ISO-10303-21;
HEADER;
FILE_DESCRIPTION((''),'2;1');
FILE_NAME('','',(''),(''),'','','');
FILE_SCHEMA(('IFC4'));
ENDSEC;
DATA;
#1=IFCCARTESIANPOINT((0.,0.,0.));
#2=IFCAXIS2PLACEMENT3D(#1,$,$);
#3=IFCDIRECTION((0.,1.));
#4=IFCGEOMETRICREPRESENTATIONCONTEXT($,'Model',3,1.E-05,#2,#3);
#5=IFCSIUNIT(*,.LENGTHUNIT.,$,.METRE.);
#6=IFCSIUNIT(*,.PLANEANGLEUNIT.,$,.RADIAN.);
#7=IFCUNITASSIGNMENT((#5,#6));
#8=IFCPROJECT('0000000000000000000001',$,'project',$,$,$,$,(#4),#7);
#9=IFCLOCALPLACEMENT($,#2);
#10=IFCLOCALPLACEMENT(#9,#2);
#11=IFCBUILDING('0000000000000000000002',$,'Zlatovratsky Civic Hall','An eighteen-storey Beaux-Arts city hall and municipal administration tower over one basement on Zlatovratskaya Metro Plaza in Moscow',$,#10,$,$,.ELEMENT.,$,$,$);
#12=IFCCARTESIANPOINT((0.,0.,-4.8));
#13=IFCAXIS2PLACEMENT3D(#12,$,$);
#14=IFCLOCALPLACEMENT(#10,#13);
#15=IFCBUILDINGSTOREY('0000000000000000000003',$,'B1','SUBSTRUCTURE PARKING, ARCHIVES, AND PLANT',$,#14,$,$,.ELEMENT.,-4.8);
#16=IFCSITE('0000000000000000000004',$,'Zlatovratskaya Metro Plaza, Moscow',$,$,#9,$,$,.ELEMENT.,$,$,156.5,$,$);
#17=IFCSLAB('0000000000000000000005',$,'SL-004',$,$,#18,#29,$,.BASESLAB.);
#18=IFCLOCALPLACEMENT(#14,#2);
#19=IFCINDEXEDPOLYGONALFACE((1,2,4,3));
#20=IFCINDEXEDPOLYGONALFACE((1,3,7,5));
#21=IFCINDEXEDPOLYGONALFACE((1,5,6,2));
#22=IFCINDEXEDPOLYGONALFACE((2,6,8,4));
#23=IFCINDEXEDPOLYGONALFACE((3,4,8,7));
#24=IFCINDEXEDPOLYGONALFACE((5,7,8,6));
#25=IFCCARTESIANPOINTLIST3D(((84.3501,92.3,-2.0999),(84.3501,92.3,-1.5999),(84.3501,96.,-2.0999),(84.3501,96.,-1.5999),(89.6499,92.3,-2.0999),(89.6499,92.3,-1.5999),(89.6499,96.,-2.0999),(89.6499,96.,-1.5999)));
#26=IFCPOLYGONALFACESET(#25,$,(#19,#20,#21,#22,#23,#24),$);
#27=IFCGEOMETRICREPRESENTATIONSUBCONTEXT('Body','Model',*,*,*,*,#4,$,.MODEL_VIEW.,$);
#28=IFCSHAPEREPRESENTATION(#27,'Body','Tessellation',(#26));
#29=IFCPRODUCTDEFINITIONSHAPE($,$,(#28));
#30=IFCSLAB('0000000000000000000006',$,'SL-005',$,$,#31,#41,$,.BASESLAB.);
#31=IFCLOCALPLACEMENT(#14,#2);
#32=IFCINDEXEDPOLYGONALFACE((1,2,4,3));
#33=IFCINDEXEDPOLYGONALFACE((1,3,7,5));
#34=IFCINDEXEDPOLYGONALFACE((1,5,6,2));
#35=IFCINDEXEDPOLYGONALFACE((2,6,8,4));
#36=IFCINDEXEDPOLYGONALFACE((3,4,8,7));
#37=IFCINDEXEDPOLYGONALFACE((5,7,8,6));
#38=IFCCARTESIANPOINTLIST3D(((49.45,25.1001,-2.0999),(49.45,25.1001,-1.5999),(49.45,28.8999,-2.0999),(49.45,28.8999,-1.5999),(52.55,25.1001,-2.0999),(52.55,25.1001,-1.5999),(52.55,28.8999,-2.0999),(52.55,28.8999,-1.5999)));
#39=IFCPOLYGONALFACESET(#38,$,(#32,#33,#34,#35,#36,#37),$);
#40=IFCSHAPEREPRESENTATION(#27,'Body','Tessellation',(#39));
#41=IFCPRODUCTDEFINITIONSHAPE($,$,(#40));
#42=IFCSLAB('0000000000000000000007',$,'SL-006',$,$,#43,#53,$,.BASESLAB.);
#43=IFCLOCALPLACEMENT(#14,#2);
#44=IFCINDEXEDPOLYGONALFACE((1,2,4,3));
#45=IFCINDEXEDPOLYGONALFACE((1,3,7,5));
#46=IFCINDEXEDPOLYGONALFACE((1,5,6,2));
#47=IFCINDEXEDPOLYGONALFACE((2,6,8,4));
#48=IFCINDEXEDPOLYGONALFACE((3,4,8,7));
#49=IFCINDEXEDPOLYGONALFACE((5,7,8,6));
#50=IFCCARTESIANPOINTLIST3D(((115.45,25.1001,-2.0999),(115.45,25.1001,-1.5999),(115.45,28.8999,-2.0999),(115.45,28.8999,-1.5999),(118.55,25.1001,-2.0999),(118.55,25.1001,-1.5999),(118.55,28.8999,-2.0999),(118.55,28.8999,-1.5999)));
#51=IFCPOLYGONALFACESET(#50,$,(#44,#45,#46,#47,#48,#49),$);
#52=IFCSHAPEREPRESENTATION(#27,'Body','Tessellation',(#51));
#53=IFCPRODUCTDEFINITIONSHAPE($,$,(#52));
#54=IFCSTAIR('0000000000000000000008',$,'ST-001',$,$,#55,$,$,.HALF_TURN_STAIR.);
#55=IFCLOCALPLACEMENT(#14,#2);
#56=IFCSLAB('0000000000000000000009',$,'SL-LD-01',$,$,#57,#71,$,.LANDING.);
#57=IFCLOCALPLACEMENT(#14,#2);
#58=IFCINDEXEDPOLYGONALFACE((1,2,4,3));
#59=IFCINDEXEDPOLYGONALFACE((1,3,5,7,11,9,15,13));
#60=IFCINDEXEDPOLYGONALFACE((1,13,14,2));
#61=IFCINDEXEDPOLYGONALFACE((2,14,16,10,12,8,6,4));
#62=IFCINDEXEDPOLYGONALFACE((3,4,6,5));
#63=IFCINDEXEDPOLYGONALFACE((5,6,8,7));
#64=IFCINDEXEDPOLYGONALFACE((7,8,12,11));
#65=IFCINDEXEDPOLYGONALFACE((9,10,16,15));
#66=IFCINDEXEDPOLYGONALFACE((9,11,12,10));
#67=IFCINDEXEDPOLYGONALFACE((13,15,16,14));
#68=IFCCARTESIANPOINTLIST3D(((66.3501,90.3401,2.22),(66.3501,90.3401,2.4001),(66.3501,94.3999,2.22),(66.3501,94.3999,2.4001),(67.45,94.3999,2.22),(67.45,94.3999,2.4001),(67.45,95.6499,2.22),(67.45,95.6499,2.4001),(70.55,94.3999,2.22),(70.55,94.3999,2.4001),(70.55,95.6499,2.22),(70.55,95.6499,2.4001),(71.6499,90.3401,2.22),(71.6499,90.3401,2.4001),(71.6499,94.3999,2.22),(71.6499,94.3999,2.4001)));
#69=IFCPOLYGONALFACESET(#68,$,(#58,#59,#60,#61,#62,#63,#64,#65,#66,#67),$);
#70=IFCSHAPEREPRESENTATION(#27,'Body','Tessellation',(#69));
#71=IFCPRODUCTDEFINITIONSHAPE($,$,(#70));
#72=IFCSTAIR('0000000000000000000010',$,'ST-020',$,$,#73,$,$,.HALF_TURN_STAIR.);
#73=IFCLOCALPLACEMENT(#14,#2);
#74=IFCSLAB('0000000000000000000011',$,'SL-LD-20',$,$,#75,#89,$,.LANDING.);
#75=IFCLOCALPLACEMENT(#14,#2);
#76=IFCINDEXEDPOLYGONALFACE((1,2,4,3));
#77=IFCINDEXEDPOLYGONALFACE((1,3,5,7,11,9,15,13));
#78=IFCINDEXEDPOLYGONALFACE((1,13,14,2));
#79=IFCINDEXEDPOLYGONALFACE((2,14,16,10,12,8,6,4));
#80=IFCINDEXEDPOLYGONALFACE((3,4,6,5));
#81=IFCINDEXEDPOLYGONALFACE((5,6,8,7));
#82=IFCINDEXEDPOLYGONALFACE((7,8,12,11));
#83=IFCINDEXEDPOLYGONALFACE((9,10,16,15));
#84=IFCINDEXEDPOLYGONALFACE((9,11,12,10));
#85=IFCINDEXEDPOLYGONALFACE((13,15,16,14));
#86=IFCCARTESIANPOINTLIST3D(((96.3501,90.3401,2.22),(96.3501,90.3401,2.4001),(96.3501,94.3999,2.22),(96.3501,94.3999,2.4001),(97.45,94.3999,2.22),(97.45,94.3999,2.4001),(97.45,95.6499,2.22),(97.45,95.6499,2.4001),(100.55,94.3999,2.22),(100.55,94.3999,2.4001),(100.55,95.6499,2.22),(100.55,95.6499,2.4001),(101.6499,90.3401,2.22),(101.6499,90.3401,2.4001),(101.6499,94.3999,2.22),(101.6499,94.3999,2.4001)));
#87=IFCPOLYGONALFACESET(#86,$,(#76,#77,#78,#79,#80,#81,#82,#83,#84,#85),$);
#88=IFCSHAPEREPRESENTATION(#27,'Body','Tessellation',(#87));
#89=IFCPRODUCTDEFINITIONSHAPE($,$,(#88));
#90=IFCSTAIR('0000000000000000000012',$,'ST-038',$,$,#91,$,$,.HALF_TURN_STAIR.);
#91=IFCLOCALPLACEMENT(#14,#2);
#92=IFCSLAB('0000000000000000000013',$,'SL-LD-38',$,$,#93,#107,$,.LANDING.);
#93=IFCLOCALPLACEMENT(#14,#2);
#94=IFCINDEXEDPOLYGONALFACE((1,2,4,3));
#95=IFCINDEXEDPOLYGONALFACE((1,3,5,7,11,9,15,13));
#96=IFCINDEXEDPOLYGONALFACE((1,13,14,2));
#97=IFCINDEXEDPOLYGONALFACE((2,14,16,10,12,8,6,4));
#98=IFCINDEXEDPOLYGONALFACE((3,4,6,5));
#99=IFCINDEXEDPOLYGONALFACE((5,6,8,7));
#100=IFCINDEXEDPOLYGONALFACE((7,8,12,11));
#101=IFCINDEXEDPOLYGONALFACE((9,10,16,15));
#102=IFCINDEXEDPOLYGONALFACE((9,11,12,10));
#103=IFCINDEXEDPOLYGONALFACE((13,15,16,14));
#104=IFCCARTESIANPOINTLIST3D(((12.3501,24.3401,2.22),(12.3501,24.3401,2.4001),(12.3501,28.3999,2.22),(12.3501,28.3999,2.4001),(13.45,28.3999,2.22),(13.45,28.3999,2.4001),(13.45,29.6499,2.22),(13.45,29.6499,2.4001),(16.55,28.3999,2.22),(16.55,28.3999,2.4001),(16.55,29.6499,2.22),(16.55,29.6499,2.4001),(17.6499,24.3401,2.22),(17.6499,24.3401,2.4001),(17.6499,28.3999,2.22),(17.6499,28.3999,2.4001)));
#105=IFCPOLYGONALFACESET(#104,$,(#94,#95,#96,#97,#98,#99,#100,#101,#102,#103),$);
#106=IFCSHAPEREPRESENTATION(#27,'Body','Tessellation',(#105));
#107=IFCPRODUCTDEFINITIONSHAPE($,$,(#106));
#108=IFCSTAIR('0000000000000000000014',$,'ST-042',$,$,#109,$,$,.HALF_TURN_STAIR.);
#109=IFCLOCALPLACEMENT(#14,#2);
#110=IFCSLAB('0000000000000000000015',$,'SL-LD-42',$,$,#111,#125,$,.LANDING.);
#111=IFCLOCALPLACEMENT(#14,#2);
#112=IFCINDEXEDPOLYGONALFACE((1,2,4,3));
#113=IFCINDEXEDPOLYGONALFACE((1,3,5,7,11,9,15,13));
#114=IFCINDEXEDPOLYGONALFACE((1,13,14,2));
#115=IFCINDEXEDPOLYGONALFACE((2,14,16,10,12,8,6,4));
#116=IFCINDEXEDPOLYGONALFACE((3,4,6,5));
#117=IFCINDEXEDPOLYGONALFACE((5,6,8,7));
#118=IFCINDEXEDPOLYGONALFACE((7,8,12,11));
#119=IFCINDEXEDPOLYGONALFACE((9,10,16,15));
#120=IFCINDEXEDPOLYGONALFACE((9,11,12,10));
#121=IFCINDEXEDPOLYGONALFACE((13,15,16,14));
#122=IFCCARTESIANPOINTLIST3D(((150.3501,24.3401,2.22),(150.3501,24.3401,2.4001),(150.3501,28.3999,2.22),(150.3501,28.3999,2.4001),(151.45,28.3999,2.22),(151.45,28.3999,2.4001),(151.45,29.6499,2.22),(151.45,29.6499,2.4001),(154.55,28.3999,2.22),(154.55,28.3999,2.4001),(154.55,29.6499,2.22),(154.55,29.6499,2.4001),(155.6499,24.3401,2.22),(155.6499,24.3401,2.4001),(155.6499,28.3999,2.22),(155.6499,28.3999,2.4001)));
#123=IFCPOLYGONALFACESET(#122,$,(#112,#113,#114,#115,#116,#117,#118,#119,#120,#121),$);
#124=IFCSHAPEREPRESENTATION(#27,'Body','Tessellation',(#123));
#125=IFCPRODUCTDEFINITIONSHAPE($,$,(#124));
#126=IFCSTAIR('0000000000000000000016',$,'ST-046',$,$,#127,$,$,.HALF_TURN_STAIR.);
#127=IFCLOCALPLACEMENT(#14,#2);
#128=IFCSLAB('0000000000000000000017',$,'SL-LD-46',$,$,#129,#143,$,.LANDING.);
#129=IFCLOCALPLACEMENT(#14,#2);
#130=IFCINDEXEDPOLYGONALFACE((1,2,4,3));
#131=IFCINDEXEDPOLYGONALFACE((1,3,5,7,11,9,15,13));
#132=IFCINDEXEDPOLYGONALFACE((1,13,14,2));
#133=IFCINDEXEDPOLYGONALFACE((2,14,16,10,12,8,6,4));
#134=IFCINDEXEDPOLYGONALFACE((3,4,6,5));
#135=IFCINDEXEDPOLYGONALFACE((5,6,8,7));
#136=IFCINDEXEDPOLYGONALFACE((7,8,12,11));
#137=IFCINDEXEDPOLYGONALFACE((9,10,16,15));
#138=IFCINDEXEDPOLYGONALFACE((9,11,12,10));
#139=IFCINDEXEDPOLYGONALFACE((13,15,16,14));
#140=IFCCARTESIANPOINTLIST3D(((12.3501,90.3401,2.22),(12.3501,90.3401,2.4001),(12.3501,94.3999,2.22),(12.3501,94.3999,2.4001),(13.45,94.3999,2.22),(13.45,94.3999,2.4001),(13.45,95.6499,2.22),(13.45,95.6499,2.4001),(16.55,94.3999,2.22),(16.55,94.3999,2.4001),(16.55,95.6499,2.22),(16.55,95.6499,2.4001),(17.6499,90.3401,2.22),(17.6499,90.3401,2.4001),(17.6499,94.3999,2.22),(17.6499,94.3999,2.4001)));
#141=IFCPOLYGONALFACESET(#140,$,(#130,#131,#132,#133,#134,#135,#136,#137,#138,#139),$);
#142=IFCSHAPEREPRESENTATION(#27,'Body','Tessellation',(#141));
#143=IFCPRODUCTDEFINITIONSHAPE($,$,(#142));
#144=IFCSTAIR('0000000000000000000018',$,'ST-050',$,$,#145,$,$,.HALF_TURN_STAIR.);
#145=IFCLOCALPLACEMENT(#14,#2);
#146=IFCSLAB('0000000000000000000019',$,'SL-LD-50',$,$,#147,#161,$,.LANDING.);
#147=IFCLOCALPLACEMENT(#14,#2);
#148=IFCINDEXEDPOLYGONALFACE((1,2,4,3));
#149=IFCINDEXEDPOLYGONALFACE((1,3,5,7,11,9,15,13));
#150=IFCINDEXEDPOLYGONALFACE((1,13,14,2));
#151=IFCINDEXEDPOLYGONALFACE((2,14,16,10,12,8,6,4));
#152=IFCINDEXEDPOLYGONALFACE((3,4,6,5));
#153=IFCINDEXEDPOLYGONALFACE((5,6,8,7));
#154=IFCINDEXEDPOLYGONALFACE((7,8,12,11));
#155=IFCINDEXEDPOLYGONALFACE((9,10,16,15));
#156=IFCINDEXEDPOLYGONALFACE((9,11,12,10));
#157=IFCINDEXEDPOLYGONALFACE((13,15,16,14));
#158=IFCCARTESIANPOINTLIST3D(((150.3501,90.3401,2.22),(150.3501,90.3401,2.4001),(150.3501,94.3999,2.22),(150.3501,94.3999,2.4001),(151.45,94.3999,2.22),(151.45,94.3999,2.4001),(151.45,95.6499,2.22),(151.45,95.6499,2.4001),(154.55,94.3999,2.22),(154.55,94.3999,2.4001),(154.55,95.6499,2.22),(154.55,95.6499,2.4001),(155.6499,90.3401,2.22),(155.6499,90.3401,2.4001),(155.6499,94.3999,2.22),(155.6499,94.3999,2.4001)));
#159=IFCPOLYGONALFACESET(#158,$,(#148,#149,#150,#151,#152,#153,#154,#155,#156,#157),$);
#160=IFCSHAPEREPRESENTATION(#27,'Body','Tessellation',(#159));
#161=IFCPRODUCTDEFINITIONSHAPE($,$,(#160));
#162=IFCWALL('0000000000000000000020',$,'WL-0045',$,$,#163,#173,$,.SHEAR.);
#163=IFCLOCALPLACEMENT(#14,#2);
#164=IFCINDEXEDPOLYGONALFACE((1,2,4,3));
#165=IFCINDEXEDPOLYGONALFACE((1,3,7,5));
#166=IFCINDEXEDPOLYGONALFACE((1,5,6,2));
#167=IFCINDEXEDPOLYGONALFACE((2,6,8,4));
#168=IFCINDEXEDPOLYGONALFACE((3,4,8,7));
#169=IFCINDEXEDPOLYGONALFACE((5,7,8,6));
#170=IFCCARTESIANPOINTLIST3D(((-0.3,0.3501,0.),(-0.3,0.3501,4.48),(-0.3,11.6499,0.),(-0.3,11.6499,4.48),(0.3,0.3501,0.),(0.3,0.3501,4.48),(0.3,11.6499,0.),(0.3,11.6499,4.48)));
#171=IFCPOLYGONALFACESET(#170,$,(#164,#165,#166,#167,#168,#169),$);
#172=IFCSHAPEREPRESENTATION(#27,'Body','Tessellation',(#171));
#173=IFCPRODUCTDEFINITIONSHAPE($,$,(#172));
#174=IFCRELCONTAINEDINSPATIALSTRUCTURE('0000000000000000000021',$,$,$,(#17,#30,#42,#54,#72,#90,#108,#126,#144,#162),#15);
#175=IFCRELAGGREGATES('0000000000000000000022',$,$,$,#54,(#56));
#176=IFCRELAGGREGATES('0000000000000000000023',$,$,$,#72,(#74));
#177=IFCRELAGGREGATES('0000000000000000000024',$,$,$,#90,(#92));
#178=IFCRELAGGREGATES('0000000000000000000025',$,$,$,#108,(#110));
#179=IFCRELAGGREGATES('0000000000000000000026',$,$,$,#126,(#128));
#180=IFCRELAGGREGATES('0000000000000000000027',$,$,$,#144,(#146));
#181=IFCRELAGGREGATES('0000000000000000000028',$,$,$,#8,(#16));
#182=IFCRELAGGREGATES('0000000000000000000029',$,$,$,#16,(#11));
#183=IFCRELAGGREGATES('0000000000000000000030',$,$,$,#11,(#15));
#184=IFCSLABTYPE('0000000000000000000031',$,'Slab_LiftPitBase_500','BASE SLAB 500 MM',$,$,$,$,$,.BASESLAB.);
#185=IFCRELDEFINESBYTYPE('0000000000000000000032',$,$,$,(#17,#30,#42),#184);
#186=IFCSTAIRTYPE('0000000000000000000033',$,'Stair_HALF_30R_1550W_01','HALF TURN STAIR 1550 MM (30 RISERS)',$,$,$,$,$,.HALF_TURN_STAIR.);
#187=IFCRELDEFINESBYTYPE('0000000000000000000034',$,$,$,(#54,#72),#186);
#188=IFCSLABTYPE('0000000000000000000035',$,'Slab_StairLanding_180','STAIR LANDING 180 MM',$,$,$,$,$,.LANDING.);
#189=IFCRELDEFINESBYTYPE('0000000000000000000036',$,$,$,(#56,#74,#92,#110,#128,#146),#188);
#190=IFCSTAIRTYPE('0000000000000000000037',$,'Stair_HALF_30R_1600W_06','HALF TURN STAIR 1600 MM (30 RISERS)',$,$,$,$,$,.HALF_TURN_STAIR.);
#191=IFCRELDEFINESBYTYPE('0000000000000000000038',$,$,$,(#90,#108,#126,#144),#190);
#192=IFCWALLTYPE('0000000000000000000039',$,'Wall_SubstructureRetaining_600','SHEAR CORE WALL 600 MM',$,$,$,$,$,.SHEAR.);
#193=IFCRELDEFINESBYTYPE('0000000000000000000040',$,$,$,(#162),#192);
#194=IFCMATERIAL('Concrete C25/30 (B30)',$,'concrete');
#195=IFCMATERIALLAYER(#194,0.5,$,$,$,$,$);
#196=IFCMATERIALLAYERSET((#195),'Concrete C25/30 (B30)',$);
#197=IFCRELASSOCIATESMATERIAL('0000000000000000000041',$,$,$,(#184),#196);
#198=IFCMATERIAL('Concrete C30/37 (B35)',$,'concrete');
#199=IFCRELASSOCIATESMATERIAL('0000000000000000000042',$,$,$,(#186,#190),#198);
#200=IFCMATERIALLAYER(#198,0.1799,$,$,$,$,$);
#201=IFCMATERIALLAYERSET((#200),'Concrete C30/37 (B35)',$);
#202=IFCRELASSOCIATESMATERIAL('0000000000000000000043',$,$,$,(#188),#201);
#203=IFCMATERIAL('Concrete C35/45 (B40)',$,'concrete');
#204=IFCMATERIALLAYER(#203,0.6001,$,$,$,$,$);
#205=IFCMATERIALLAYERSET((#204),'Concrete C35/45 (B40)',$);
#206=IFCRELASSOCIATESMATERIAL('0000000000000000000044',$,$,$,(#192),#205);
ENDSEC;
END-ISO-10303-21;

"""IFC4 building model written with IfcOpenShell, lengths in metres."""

from ifc_helpers import new_model, si_unit, direction, frame, frame_2d, origin, place, context, subcontext, project, spatial, polyline, rectangle, outline, extrude, material, layer, layer_set, type_object, element, aggregate, save


model = new_model("IFC4")

# Units and contexts
model_context = context("Model", 3, precision=1e-05, world=origin(), true_north=direction((0.0, 1.0)))
body_context = subcontext(model_context, "Body", "Model", "MODEL_VIEW")
ifc_project = project(units=[si_unit("LENGTHUNIT", "METRE"), si_unit("PLANEANGLEUNIT", "RADIAN")], contexts=[model_context])

# Site, building, storey
site_placement = place(None, origin())
site = spatial("IfcSite", under=ifc_project, at=site_placement, Name="Zlatovratskaya Metro Plaza, Moscow", CompositionType="ELEMENT", RefElevation=156.5)
building_placement = place(site_placement, origin())
building = spatial("IfcBuilding", under=site, at=building_placement, Name="Zlatovratsky Civic Hall", Description="An eighteen-storey Beaux-Arts city hall and municipal administration tower over one basement on Zlatovratskaya Metro Plaza in Moscow", CompositionType="ELEMENT")
storey_placement = place(building_placement, frame((0.0, 0.0, -4.8)))
storey = spatial("IfcBuildingStorey", under=building, at=storey_placement, Name="B1", Description="SUBSTRUCTURE PARKING, ARCHIVES, AND PLANT", CompositionType="ELEMENT", Elevation=-4.8)

# Shared definitions
ifc_material_1 = material(Name="Concrete C25/30 (B30)", Category="concrete")

# Shared definitions
ifc_material_2 = material(Name="Concrete C35/45 (B40)", Category="concrete")

# Slabs
ifc_layer_1 = layer(ifc_material_1, 0.5)
ifc_layer_set_1 = layer_set([ifc_layer_1], Name="Concrete C25/30 (B30)")
slab_type_1 = type_object("IfcSlabType", Name="Slab_LiftPitBase_500", Description="BASE SLAB 500 MM", PredefinedType="BASESLAB", material=ifc_layer_set_1)
slab_1_placement = place(storey_placement, frame((0.0, 0.0, -2.0999)))
element("IfcSlab", 1, at=slab_1_placement, inside=storey, type_object=slab_type_1, Name="SL-004", PredefinedType="BASESLAB", context=body_context, shape_type="SweptSolid", body=[
    extrude(outline(polyline([(84.3501, 92.3), (89.6499, 92.3), (89.6499, 96.0), (84.3501, 96.0), (84.3501, 92.3)])), origin(), (0.0, 0.0, 1.0), 0.5),
])
slab_2_placement = place(storey_placement, frame((0.0, 0.0, -2.0999)))
element("IfcSlab", 2, at=slab_2_placement, inside=storey, type_object=slab_type_1, Name="SL-005", PredefinedType="BASESLAB", context=body_context, shape_type="SweptSolid", body=[
    extrude(outline(polyline([(49.45, 25.1001), (52.55, 25.1001), (52.55, 28.8999), (49.45, 28.8999), (49.45, 25.1001)])), origin(), (0.0, 0.0, 1.0), 0.5),
])
slab_3_placement = place(storey_placement, frame((0.0, 0.0, -2.0999)))
element("IfcSlab", 3, at=slab_3_placement, inside=storey, type_object=slab_type_1, Name="SL-006", PredefinedType="BASESLAB", context=body_context, shape_type="SweptSolid", body=[
    extrude(outline(polyline([(115.45, 25.1001), (118.55, 25.1001), (118.55, 28.8999), (115.45, 28.8999), (115.45, 25.1001)])), origin(), (0.0, 0.0, 1.0), 0.5),
])

# Stairs, slabs
ifc_material_3 = material(Name="Concrete C30/37 (B35)", Category="concrete")
stair_type_1 = type_object("IfcStairType", Name="Stair_HALF_30R_1550W_01", Description="HALF TURN STAIR 1550 MM (30 RISERS)", PredefinedType="HALF_TURN_STAIR", material=ifc_material_3)
stair_1_placement = place(storey_placement, origin())
stair_1 = element("IfcStair", 4, at=stair_1_placement, inside=storey, type_object=stair_type_1, Name="ST-001", PredefinedType="HALF_TURN_STAIR")
ifc_layer_2 = layer(ifc_material_3, 0.1799)
ifc_layer_set_2 = layer_set([ifc_layer_2], Name="Concrete C30/37 (B35)")
slab_type_2 = type_object("IfcSlabType", Name="Slab_StairLanding_180", Description="STAIR LANDING 180 MM", PredefinedType="LANDING", material=ifc_layer_set_2)
slab_4_placement = place(storey_placement, frame((0.0, 0.0, 2.22)))
slab_4 = element("IfcSlab", 5, at=slab_4_placement, type_object=slab_type_2, Name="SL-LD-01", PredefinedType="LANDING", context=body_context, shape_type="SweptSolid", body=[
    extrude(outline(polyline([(66.3501, 90.3401), (71.6499, 90.3401), (71.6499, 94.3999), (70.55, 94.3999), (70.55, 95.6499), (67.45, 95.6499), (67.45, 94.3999), (66.3501, 94.3999), (66.3501, 90.3401)])), origin(), (0.0, 0.0, 1.0), 0.1802),
])
aggregate(stair_1, [slab_4])
stair_2_placement = place(storey_placement, origin())
stair_2 = element("IfcStair", 6, at=stair_2_placement, inside=storey, type_object=stair_type_1, Name="ST-020", PredefinedType="HALF_TURN_STAIR")
slab_5_placement = place(storey_placement, frame((0.0, 0.0, 2.22)))
slab_5 = element("IfcSlab", 7, at=slab_5_placement, type_object=slab_type_2, Name="SL-LD-20", PredefinedType="LANDING", context=body_context, shape_type="SweptSolid", body=[
    extrude(outline(polyline([(96.3501, 90.3401), (101.6499, 90.3401), (101.6499, 94.3999), (100.55, 94.3999), (100.55, 95.6499), (97.45, 95.6499), (97.45, 94.3999), (96.3501, 94.3999), (96.3501, 90.3401)])), origin(), (0.0, 0.0, 1.0), 0.1802),
])
aggregate(stair_2, [slab_5])
stair_type_2 = type_object("IfcStairType", Name="Stair_HALF_30R_1600W_06", Description="HALF TURN STAIR 1600 MM (30 RISERS)", PredefinedType="HALF_TURN_STAIR", material=ifc_material_3)
stair_3_placement = place(storey_placement, origin())
stair_3 = element("IfcStair", 8, at=stair_3_placement, inside=storey, type_object=stair_type_2, Name="ST-038", PredefinedType="HALF_TURN_STAIR")
slab_6_placement = place(storey_placement, frame((0.0, 0.0, 2.22)))
slab_6 = element("IfcSlab", 9, at=slab_6_placement, type_object=slab_type_2, Name="SL-LD-38", PredefinedType="LANDING", context=body_context, shape_type="SweptSolid", body=[
    extrude(outline(polyline([(12.3501, 24.3401), (17.6499, 24.3401), (17.6499, 28.3999), (16.55, 28.3999), (16.55, 29.6499), (13.45, 29.6499), (13.45, 28.3999), (12.3501, 28.3999), (12.3501, 24.3401)])), origin(), (0.0, 0.0, 1.0), 0.1802),
])
aggregate(stair_3, [slab_6])
stair_4_placement = place(storey_placement, origin())
stair_4 = element("IfcStair", 10, at=stair_4_placement, inside=storey, type_object=stair_type_2, Name="ST-042", PredefinedType="HALF_TURN_STAIR")
slab_7_placement = place(storey_placement, frame((0.0, 0.0, 2.22)))
slab_7 = element("IfcSlab", 11, at=slab_7_placement, type_object=slab_type_2, Name="SL-LD-42", PredefinedType="LANDING", context=body_context, shape_type="SweptSolid", body=[
    extrude(outline(polyline([(150.3501, 24.3401), (155.6499, 24.3401), (155.6499, 28.3999), (154.55, 28.3999), (154.55, 29.6499), (151.45, 29.6499), (151.45, 28.3999), (150.3501, 28.3999), (150.3501, 24.3401)])), origin(), (0.0, 0.0, 1.0), 0.1802),
])
aggregate(stair_4, [slab_7])
stair_5_placement = place(storey_placement, origin())
stair_5 = element("IfcStair", 12, at=stair_5_placement, inside=storey, type_object=stair_type_2, Name="ST-046", PredefinedType="HALF_TURN_STAIR")
slab_8_placement = place(storey_placement, frame((0.0, 0.0, 2.22)))
slab_8 = element("IfcSlab", 13, at=slab_8_placement, type_object=slab_type_2, Name="SL-LD-46", PredefinedType="LANDING", context=body_context, shape_type="SweptSolid", body=[
    extrude(outline(polyline([(12.3501, 90.3401), (17.6499, 90.3401), (17.6499, 94.3999), (16.55, 94.3999), (16.55, 95.6499), (13.45, 95.6499), (13.45, 94.3999), (12.3501, 94.3999), (12.3501, 90.3401)])), origin(), (0.0, 0.0, 1.0), 0.1802),
])
aggregate(stair_5, [slab_8])
stair_6_placement = place(storey_placement, origin())
stair_6 = element("IfcStair", 14, at=stair_6_placement, inside=storey, type_object=stair_type_2, Name="ST-050", PredefinedType="HALF_TURN_STAIR")
slab_9_placement = place(storey_placement, frame((0.0, 0.0, 2.22)))
slab_9 = element("IfcSlab", 15, at=slab_9_placement, type_object=slab_type_2, Name="SL-LD-50", PredefinedType="LANDING", context=body_context, shape_type="SweptSolid", body=[
    extrude(outline(polyline([(150.3501, 90.3401), (155.6499, 90.3401), (155.6499, 94.3999), (154.55, 94.3999), (154.55, 95.6499), (151.45, 95.6499), (151.45, 94.3999), (150.3501, 94.3999), (150.3501, 90.3401)])), origin(), (0.0, 0.0, 1.0), 0.1802),
])
aggregate(stair_6, [slab_9])

# Wall
ifc_layer_3 = layer(ifc_material_2, 0.6001)
ifc_layer_set_3 = layer_set([ifc_layer_3], Name="Concrete C35/45 (B40)")
wall_type = type_object("IfcWallType", Name="Wall_SubstructureRetaining_600", Description="SHEAR CORE WALL 600 MM", PredefinedType="SHEAR", material=ifc_layer_set_3)
wall_placement = place(storey_placement, frame((0.0, 0.3501, 0.0), z_axis=(0.0, 0.0, 1.0), x_axis=(0.0, 1.0, 0.0)))
element("IfcWall", 16, at=wall_placement, inside=storey, type_object=wall_type, Name="WL-0045", PredefinedType="SHEAR", context=body_context, shape_type="SweptSolid", body=[
    extrude(rectangle(XDim=11.2998, YDim=0.6001, at=frame_2d((5.6499, 0.0))), origin(), (0.0, 0.0, 1.0), 4.48),
])

save(model, "model.ifc")
